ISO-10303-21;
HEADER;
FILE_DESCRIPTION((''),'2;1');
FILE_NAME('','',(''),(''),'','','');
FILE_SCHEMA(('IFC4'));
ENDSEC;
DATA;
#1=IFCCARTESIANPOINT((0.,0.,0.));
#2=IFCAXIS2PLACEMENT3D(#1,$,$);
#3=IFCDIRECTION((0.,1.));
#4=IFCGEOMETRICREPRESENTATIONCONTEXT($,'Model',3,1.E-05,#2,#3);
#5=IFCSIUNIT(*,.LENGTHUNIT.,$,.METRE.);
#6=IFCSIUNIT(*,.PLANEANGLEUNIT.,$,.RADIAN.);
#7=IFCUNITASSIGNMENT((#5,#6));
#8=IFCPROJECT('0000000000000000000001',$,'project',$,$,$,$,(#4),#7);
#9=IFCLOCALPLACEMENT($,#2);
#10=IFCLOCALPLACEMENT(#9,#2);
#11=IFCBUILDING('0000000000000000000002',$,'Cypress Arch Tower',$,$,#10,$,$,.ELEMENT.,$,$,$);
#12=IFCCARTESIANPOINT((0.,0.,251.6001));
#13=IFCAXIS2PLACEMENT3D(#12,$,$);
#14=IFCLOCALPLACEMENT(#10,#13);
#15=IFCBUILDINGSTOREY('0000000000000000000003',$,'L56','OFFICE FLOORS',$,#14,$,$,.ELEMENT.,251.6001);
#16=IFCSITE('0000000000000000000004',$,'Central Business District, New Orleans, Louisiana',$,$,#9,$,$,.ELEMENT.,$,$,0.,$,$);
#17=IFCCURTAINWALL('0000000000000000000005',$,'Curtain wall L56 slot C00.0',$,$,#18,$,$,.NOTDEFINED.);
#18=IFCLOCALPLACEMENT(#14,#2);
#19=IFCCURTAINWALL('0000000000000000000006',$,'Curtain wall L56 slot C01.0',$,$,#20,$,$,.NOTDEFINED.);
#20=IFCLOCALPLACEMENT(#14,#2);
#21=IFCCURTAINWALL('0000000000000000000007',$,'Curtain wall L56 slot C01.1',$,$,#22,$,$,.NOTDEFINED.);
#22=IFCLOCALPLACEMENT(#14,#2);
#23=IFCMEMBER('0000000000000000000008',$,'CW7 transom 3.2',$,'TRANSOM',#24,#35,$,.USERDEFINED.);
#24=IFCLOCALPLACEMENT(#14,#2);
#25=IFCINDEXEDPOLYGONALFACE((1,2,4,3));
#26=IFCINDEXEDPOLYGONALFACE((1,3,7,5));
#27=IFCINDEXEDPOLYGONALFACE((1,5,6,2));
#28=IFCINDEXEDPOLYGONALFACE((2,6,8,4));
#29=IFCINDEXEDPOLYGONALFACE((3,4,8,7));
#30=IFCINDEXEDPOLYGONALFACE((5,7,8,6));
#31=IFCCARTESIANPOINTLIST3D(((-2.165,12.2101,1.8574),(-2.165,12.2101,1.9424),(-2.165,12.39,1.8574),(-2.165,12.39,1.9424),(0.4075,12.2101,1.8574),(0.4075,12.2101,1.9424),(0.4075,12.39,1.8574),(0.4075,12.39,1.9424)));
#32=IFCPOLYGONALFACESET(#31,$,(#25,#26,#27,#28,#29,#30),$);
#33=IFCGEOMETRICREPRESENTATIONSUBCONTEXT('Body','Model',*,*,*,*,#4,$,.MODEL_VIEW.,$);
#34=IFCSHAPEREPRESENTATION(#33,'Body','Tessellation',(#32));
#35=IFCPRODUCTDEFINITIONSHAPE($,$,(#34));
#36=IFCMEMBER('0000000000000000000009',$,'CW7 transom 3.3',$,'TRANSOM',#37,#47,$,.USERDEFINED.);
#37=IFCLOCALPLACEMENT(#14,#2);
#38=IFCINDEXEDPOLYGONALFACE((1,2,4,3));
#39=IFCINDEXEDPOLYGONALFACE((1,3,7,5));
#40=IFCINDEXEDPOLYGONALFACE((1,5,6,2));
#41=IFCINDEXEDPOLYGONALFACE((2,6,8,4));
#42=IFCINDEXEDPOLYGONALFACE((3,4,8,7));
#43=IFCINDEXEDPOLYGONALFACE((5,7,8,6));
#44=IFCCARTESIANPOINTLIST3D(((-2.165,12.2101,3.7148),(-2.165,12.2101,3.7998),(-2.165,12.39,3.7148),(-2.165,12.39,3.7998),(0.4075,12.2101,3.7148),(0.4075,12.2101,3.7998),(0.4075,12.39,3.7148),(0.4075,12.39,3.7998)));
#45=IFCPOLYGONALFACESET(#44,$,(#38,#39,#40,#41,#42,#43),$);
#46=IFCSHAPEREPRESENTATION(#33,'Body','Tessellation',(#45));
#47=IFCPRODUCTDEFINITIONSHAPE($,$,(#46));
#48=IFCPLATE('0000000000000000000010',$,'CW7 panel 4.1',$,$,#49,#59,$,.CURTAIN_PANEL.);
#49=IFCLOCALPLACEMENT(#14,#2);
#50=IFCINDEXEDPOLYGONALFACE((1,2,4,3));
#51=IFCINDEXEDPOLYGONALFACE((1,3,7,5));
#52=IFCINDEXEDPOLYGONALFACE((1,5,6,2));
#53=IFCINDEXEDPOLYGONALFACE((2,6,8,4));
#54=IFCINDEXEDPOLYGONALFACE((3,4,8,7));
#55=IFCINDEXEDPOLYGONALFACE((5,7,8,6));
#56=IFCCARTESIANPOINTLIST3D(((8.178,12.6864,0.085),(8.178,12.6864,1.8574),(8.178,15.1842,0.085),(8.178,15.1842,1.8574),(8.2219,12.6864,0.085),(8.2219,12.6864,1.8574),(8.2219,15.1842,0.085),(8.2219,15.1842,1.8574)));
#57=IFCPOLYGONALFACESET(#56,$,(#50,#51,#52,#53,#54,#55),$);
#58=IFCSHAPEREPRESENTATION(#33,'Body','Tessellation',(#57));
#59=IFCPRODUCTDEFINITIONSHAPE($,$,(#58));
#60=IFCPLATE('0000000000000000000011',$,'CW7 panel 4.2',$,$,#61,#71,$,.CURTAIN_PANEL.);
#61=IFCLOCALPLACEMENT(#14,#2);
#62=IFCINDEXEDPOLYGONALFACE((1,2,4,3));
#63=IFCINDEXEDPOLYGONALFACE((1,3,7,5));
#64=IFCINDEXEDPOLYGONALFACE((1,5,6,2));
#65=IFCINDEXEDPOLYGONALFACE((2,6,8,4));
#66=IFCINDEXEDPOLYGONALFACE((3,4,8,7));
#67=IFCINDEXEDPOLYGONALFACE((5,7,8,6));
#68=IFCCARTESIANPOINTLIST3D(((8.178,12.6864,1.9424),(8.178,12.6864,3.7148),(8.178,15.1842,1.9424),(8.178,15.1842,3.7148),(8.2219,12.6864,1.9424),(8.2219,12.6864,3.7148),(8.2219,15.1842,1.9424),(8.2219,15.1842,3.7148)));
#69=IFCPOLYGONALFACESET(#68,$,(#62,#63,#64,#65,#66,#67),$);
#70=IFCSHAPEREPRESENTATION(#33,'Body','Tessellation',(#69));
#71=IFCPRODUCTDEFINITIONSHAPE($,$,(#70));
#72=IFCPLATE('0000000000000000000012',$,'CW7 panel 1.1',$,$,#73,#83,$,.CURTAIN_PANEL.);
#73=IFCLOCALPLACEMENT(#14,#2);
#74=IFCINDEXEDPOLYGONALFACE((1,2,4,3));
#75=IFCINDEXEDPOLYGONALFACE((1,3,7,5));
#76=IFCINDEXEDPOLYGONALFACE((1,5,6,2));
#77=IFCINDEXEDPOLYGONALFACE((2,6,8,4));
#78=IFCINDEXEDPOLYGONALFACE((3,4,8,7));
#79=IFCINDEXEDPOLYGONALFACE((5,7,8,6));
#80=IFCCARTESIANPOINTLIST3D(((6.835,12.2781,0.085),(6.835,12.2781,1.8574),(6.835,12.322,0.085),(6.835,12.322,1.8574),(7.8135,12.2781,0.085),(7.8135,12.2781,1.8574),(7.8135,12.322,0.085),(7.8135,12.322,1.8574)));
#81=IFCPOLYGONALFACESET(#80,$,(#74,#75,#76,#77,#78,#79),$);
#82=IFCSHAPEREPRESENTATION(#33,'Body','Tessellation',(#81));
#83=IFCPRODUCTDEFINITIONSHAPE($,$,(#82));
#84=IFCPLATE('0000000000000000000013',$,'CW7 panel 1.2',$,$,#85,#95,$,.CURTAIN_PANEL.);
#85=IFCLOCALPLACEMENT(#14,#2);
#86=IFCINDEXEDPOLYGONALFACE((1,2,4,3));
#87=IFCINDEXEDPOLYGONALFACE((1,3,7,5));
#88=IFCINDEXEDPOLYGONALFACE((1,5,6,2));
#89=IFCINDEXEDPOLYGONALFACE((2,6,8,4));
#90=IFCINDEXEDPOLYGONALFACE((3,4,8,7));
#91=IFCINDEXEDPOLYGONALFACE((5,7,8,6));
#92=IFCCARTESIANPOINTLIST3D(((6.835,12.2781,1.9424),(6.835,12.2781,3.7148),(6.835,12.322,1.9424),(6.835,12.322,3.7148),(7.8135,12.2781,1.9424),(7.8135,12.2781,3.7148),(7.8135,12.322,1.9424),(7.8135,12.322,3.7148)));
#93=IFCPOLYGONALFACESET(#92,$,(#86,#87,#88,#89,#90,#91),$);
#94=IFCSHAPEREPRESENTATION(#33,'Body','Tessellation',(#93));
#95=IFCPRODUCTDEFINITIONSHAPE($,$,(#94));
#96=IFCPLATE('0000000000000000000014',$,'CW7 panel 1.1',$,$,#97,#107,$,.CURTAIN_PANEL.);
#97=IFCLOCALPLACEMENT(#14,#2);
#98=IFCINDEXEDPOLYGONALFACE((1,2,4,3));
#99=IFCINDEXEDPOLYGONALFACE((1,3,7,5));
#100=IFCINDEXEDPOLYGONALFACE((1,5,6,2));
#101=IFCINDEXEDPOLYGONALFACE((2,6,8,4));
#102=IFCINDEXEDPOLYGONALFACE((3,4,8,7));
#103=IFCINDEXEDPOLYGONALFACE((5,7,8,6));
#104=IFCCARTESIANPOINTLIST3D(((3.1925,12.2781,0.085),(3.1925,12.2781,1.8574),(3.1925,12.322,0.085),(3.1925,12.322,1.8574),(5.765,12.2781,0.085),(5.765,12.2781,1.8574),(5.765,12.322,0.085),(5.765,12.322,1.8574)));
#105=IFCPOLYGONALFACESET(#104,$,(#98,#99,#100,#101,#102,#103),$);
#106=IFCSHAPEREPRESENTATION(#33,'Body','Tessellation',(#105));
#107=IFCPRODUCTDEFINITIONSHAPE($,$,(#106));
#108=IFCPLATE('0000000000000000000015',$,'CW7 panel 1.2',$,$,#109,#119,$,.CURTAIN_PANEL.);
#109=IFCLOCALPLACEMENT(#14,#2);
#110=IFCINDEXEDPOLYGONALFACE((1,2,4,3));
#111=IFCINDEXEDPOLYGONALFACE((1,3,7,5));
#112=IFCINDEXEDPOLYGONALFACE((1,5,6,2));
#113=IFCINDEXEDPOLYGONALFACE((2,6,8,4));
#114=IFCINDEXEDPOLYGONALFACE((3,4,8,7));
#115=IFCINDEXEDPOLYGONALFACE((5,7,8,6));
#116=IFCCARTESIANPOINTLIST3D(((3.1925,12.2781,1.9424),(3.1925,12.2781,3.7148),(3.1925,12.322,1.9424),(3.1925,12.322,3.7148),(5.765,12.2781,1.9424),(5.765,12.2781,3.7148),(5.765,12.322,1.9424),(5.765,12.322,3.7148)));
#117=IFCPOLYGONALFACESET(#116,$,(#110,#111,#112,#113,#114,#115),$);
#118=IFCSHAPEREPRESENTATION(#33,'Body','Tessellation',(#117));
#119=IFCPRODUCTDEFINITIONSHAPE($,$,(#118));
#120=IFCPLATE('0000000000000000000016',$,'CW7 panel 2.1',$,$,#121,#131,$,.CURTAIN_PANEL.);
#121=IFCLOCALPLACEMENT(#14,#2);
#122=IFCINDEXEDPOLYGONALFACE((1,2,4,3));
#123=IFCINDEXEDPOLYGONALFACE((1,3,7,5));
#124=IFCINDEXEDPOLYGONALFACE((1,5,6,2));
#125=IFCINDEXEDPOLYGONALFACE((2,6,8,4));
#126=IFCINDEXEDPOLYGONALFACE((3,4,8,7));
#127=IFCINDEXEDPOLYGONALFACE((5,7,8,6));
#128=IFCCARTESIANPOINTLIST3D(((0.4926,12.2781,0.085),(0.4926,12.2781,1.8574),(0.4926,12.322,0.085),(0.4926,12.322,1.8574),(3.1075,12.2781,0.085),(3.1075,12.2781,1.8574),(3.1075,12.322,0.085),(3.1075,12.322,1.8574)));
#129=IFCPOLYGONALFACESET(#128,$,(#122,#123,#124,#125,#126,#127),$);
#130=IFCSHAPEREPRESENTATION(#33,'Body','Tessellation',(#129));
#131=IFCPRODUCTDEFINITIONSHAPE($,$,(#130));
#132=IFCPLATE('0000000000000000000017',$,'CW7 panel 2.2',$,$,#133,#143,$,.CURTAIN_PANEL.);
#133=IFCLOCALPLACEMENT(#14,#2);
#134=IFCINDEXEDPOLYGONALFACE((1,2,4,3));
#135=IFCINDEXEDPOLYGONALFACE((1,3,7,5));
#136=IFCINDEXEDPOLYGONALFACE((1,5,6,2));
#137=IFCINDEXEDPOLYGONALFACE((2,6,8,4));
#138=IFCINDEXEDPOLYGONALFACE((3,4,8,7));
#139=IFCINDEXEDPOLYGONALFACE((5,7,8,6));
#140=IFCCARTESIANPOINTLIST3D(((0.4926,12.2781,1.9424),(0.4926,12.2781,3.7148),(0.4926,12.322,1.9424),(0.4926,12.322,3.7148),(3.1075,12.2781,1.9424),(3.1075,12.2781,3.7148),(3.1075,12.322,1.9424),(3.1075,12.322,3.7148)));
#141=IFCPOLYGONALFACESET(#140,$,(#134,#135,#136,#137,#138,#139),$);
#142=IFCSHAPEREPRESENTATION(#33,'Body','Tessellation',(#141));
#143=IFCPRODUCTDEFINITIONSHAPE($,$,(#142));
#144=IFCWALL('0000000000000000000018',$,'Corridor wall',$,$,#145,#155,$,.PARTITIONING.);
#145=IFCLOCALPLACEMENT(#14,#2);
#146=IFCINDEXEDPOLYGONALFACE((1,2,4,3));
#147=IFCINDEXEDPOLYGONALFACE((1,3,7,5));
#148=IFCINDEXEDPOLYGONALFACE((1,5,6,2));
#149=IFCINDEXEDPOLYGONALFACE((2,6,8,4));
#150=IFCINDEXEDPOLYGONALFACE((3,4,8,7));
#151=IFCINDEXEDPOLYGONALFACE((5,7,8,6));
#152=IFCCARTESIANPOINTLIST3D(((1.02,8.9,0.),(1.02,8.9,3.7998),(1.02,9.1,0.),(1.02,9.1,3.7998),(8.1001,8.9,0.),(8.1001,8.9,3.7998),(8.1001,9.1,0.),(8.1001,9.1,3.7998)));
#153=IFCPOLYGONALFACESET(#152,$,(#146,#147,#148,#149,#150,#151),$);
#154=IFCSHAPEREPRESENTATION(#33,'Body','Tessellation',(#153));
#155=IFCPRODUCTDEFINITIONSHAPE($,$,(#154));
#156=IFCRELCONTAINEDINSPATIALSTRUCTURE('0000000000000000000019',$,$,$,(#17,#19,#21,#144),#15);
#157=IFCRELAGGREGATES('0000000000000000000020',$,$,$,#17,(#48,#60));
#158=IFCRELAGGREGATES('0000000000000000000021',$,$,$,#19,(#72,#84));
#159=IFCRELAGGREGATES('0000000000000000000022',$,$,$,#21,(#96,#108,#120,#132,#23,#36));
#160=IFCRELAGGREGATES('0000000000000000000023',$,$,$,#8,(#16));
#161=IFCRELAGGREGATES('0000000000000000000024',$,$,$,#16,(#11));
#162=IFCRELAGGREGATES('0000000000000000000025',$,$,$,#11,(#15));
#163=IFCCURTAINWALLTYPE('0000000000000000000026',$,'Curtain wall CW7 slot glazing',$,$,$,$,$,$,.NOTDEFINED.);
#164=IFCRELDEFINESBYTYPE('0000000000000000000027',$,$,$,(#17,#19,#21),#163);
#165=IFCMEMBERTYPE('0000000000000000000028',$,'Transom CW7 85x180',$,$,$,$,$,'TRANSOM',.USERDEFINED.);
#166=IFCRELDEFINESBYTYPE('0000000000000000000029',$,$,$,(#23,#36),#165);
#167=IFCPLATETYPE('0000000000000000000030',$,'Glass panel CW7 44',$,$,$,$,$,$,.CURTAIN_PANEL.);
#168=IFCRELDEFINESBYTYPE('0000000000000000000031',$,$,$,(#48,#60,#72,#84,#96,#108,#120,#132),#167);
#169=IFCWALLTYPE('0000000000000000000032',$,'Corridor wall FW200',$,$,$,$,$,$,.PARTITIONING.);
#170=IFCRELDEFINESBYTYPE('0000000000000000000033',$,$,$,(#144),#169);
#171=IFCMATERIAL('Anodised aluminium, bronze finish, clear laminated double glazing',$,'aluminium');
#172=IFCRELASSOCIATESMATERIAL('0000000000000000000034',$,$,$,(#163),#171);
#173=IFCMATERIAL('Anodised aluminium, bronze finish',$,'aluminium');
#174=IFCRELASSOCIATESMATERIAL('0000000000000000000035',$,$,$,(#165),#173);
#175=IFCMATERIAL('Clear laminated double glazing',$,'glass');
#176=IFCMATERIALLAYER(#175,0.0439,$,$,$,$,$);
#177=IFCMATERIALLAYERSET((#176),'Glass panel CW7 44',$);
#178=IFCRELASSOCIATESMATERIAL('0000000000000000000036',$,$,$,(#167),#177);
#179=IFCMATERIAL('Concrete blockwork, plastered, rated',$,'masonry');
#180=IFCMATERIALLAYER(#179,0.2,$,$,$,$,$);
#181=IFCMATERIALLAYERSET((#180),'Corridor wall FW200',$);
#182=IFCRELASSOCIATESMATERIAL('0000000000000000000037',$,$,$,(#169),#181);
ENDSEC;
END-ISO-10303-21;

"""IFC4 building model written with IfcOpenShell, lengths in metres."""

from ifc_helpers import new_model, si_unit, direction, frame, frame_2d, origin, origin_2d, place, context, subcontext, project, spatial, rectangle, extrude, material, layer, layer_set, material_profile, profile_set, type_object, element, aggregate, save


model = new_model("IFC4")

# Units and contexts
model_context = context("Model", 3, precision=1e-05, world=origin(), true_north=direction((0.0, 1.0)))
body_context = subcontext(model_context, "Body", "Model", "MODEL_VIEW")
ifc_project = project(units=[si_unit("LENGTHUNIT", "METRE"), si_unit("PLANEANGLEUNIT", "RADIAN")], contexts=[model_context])

# Site, building, storey
site_placement = place(None, origin())
site = spatial("IfcSite", under=ifc_project, at=site_placement, Name="Central Business District, New Orleans, Louisiana", CompositionType="ELEMENT", RefElevation=0.0)
building_placement = place(site_placement, origin())
building = spatial("IfcBuilding", under=site, at=building_placement, Name="Cypress Arch Tower", CompositionType="ELEMENT")
storey_placement = place(building_placement, frame((0.0, 0.0, 251.6001)))
storey = spatial("IfcBuildingStorey", under=building, at=storey_placement, Name="L56", Description="OFFICE FLOORS", CompositionType="ELEMENT", Elevation=251.6001)

# Curtain walls
ifc_material_1 = material(Name="Anodised aluminium, bronze finish, clear laminated double glazing", Category="aluminium")
curtain_wall_type = type_object("IfcCurtainWallType", Name="Curtain wall CW7 slot glazing", PredefinedType="NOTDEFINED", material=ifc_material_1)
curtain_wall_1_placement = place(storey_placement, origin())
curtain_wall_1 = element("IfcCurtainWall", 1, at=curtain_wall_1_placement, inside=storey, type_object=curtain_wall_type, Name="Curtain wall L56 slot C00.0", PredefinedType="NOTDEFINED")
curtain_wall_2_placement = place(storey_placement, origin())
curtain_wall_2 = element("IfcCurtainWall", 2, at=curtain_wall_2_placement, inside=storey, type_object=curtain_wall_type, Name="Curtain wall L56 slot C01.0", PredefinedType="NOTDEFINED")
curtain_wall_3_placement = place(storey_placement, origin())
curtain_wall_3 = element("IfcCurtainWall", 3, at=curtain_wall_3_placement, inside=storey, type_object=curtain_wall_type, Name="Curtain wall L56 slot C01.1", PredefinedType="NOTDEFINED")

# Members
ifc_material_2 = material(Name="Anodised aluminium, bronze finish", Category="aluminium")
ifc_material_profile_1 = material_profile(ifc_material_2, rectangle(XDim=0.1799, YDim=0.085, at=origin_2d()), Name="Transom 85x180")
ifc_profile_set_1 = profile_set([ifc_material_profile_1], Name="Anodised aluminium, bronze finish")
member_type_1 = type_object("IfcMemberType", Name="Transom CW7 85x180", ElementType="TRANSOM", PredefinedType="USERDEFINED", material=ifc_profile_set_1)
member_1_placement = place(storey_placement, frame((0.4075, 12.3, 1.8999), z_axis=(-1.0, 0.0, 0.0), x_axis=(0.0, -1.0, 0.0)))
member_1 = element("IfcMember", 4, at=member_1_placement, type_object=member_type_1, Name="CW7 transom 3.2", ObjectType="TRANSOM", PredefinedType="USERDEFINED", context=body_context, shape_type="SweptSolid", body=[
    extrude(rectangle(XDim=0.1799, YDim=0.085, at=origin_2d()), origin(), (0.0, 0.0, 1.0), 2.5725),
])
member_2_placement = place(storey_placement, frame((0.4075, 12.3, 3.7573), z_axis=(-1.0, 0.0, 0.0), x_axis=(0.0, -1.0, 0.0)))
member_2 = element("IfcMember", 5, at=member_2_placement, type_object=member_type_1, Name="CW7 transom 3.3", ObjectType="TRANSOM", PredefinedType="USERDEFINED", context=body_context, shape_type="SweptSolid", body=[
    extrude(rectangle(XDim=0.1799, YDim=0.085, at=origin_2d()), origin(), (0.0, 0.0, 1.0), 2.5725),
])

# Plates
ifc_material_3 = material(Name="Clear laminated double glazing", Category="glass")
ifc_layer_1 = layer(ifc_material_3, 0.0439)
ifc_layer_set_1 = layer_set([ifc_layer_1], Name="Glass panel CW7 44")
plate_type = type_object("IfcPlateType", Name="Glass panel CW7 44", PredefinedType="CURTAIN_PANEL", material=ifc_layer_set_1)
plate_1_placement = place(storey_placement, frame((8.2, 13.9353, 0.085), z_axis=(0.0, 0.0, 1.0), x_axis=(0.0, -1.0, 0.0)))
plate_1 = element("IfcPlate", 6, at=plate_1_placement, type_object=plate_type, Name="CW7 panel 4.1", PredefinedType="CURTAIN_PANEL", context=body_context, shape_type="SweptSolid", body=[
    extrude(rectangle(XDim=2.4978, YDim=0.0439, at=origin_2d()), origin(), (0.0, 0.0, 1.0), 1.7725),
])
plate_2_placement = place(storey_placement, frame((8.2, 13.9353, 1.9424), z_axis=(0.0, 0.0, 1.0), x_axis=(0.0, -1.0, 0.0)))
plate_2 = element("IfcPlate", 7, at=plate_2_placement, type_object=plate_type, Name="CW7 panel 4.2", PredefinedType="CURTAIN_PANEL", context=body_context, shape_type="SweptSolid", body=[
    extrude(rectangle(XDim=2.4978, YDim=0.0439, at=origin_2d()), origin(), (0.0, 0.0, 1.0), 1.7725),
])
aggregate(curtain_wall_1, [plate_1, plate_2])
plate_3_placement = place(storey_placement, frame((7.3242, 12.3, 0.085), z_axis=(0.0, 0.0, 1.0), x_axis=(-1.0, 0.0, 0.0)))
plate_3 = element("IfcPlate", 8, at=plate_3_placement, type_object=plate_type, Name="CW7 panel 1.1", PredefinedType="CURTAIN_PANEL", context=body_context, shape_type="SweptSolid", body=[
    extrude(rectangle(XDim=0.9785, YDim=0.0439, at=origin_2d()), origin(), (0.0, 0.0, 1.0), 1.7725),
])
plate_4_placement = place(storey_placement, frame((7.3242, 12.3, 1.9424), z_axis=(0.0, 0.0, 1.0), x_axis=(-1.0, 0.0, 0.0)))
plate_4 = element("IfcPlate", 9, at=plate_4_placement, type_object=plate_type, Name="CW7 panel 1.2", PredefinedType="CURTAIN_PANEL", context=body_context, shape_type="SweptSolid", body=[
    extrude(rectangle(XDim=0.9785, YDim=0.0439, at=origin_2d()), origin(), (0.0, 0.0, 1.0), 1.7725),
])
aggregate(curtain_wall_2, [plate_3, plate_4])
plate_5_placement = place(storey_placement, frame((4.4788, 12.3, 0.085), z_axis=(0.0, 0.0, 1.0), x_axis=(-1.0, 0.0, 0.0)))
plate_5 = element("IfcPlate", 10, at=plate_5_placement, type_object=plate_type, Name="CW7 panel 1.1", PredefinedType="CURTAIN_PANEL", context=body_context, shape_type="SweptSolid", body=[
    extrude(rectangle(XDim=2.5725, YDim=0.0439, at=origin_2d()), origin(), (0.0, 0.0, 1.0), 1.7725),
])
plate_6_placement = place(storey_placement, frame((4.4788, 12.3, 1.9424), z_axis=(0.0, 0.0, 1.0), x_axis=(-1.0, 0.0, 0.0)))
plate_6 = element("IfcPlate", 11, at=plate_6_placement, type_object=plate_type, Name="CW7 panel 1.2", PredefinedType="CURTAIN_PANEL", context=body_context, shape_type="SweptSolid", body=[
    extrude(rectangle(XDim=2.5725, YDim=0.0439, at=origin_2d()), origin(), (0.0, 0.0, 1.0), 1.7725),
])
plate_7_placement = place(storey_placement, frame((1.8, 12.3, 0.085), z_axis=(0.0, 0.0, 1.0), x_axis=(-1.0, 0.0, 0.0)))
plate_7 = element("IfcPlate", 12, at=plate_7_placement, type_object=plate_type, Name="CW7 panel 2.1", PredefinedType="CURTAIN_PANEL", context=body_context, shape_type="SweptSolid", body=[
    extrude(rectangle(XDim=2.615, YDim=0.0439, at=origin_2d()), origin(), (0.0, 0.0, 1.0), 1.7725),
])
plate_8_placement = place(storey_placement, frame((1.8, 12.3, 1.9424), z_axis=(0.0, 0.0, 1.0), x_axis=(-1.0, 0.0, 0.0)))
plate_8 = element("IfcPlate", 13, at=plate_8_placement, type_object=plate_type, Name="CW7 panel 2.2", PredefinedType="CURTAIN_PANEL", context=body_context, shape_type="SweptSolid", body=[
    extrude(rectangle(XDim=2.615, YDim=0.0439, at=origin_2d()), origin(), (0.0, 0.0, 1.0), 1.7725),
])
aggregate(curtain_wall_3, [plate_5, plate_6, plate_7, plate_8, member_1, member_2])

# Wall
ifc_material_4 = material(Name="Concrete blockwork, plastered, rated", Category="masonry")
ifc_layer_2 = layer(ifc_material_4, 0.2)
ifc_layer_set_2 = layer_set([ifc_layer_2], Name="Corridor wall FW200")
wall_type = type_object("IfcWallType", Name="Corridor wall FW200", PredefinedType="PARTITIONING", material=ifc_layer_set_2)
wall_placement = place(storey_placement, frame((1.02, 9.0, 0.0), z_axis=(0.0, 0.0, 1.0), x_axis=(1.0, 0.0, 0.0)))
element("IfcWall", 14, at=wall_placement, inside=storey, type_object=wall_type, Name="Corridor wall", PredefinedType="PARTITIONING", context=body_context, shape_type="SweptSolid", body=[
    extrude(rectangle(XDim=7.0801, YDim=0.2, at=frame_2d((3.54, 0.0))), origin(), (0.0, 0.0, 1.0), 3.7998),
])

save(model, "model.ifc")
